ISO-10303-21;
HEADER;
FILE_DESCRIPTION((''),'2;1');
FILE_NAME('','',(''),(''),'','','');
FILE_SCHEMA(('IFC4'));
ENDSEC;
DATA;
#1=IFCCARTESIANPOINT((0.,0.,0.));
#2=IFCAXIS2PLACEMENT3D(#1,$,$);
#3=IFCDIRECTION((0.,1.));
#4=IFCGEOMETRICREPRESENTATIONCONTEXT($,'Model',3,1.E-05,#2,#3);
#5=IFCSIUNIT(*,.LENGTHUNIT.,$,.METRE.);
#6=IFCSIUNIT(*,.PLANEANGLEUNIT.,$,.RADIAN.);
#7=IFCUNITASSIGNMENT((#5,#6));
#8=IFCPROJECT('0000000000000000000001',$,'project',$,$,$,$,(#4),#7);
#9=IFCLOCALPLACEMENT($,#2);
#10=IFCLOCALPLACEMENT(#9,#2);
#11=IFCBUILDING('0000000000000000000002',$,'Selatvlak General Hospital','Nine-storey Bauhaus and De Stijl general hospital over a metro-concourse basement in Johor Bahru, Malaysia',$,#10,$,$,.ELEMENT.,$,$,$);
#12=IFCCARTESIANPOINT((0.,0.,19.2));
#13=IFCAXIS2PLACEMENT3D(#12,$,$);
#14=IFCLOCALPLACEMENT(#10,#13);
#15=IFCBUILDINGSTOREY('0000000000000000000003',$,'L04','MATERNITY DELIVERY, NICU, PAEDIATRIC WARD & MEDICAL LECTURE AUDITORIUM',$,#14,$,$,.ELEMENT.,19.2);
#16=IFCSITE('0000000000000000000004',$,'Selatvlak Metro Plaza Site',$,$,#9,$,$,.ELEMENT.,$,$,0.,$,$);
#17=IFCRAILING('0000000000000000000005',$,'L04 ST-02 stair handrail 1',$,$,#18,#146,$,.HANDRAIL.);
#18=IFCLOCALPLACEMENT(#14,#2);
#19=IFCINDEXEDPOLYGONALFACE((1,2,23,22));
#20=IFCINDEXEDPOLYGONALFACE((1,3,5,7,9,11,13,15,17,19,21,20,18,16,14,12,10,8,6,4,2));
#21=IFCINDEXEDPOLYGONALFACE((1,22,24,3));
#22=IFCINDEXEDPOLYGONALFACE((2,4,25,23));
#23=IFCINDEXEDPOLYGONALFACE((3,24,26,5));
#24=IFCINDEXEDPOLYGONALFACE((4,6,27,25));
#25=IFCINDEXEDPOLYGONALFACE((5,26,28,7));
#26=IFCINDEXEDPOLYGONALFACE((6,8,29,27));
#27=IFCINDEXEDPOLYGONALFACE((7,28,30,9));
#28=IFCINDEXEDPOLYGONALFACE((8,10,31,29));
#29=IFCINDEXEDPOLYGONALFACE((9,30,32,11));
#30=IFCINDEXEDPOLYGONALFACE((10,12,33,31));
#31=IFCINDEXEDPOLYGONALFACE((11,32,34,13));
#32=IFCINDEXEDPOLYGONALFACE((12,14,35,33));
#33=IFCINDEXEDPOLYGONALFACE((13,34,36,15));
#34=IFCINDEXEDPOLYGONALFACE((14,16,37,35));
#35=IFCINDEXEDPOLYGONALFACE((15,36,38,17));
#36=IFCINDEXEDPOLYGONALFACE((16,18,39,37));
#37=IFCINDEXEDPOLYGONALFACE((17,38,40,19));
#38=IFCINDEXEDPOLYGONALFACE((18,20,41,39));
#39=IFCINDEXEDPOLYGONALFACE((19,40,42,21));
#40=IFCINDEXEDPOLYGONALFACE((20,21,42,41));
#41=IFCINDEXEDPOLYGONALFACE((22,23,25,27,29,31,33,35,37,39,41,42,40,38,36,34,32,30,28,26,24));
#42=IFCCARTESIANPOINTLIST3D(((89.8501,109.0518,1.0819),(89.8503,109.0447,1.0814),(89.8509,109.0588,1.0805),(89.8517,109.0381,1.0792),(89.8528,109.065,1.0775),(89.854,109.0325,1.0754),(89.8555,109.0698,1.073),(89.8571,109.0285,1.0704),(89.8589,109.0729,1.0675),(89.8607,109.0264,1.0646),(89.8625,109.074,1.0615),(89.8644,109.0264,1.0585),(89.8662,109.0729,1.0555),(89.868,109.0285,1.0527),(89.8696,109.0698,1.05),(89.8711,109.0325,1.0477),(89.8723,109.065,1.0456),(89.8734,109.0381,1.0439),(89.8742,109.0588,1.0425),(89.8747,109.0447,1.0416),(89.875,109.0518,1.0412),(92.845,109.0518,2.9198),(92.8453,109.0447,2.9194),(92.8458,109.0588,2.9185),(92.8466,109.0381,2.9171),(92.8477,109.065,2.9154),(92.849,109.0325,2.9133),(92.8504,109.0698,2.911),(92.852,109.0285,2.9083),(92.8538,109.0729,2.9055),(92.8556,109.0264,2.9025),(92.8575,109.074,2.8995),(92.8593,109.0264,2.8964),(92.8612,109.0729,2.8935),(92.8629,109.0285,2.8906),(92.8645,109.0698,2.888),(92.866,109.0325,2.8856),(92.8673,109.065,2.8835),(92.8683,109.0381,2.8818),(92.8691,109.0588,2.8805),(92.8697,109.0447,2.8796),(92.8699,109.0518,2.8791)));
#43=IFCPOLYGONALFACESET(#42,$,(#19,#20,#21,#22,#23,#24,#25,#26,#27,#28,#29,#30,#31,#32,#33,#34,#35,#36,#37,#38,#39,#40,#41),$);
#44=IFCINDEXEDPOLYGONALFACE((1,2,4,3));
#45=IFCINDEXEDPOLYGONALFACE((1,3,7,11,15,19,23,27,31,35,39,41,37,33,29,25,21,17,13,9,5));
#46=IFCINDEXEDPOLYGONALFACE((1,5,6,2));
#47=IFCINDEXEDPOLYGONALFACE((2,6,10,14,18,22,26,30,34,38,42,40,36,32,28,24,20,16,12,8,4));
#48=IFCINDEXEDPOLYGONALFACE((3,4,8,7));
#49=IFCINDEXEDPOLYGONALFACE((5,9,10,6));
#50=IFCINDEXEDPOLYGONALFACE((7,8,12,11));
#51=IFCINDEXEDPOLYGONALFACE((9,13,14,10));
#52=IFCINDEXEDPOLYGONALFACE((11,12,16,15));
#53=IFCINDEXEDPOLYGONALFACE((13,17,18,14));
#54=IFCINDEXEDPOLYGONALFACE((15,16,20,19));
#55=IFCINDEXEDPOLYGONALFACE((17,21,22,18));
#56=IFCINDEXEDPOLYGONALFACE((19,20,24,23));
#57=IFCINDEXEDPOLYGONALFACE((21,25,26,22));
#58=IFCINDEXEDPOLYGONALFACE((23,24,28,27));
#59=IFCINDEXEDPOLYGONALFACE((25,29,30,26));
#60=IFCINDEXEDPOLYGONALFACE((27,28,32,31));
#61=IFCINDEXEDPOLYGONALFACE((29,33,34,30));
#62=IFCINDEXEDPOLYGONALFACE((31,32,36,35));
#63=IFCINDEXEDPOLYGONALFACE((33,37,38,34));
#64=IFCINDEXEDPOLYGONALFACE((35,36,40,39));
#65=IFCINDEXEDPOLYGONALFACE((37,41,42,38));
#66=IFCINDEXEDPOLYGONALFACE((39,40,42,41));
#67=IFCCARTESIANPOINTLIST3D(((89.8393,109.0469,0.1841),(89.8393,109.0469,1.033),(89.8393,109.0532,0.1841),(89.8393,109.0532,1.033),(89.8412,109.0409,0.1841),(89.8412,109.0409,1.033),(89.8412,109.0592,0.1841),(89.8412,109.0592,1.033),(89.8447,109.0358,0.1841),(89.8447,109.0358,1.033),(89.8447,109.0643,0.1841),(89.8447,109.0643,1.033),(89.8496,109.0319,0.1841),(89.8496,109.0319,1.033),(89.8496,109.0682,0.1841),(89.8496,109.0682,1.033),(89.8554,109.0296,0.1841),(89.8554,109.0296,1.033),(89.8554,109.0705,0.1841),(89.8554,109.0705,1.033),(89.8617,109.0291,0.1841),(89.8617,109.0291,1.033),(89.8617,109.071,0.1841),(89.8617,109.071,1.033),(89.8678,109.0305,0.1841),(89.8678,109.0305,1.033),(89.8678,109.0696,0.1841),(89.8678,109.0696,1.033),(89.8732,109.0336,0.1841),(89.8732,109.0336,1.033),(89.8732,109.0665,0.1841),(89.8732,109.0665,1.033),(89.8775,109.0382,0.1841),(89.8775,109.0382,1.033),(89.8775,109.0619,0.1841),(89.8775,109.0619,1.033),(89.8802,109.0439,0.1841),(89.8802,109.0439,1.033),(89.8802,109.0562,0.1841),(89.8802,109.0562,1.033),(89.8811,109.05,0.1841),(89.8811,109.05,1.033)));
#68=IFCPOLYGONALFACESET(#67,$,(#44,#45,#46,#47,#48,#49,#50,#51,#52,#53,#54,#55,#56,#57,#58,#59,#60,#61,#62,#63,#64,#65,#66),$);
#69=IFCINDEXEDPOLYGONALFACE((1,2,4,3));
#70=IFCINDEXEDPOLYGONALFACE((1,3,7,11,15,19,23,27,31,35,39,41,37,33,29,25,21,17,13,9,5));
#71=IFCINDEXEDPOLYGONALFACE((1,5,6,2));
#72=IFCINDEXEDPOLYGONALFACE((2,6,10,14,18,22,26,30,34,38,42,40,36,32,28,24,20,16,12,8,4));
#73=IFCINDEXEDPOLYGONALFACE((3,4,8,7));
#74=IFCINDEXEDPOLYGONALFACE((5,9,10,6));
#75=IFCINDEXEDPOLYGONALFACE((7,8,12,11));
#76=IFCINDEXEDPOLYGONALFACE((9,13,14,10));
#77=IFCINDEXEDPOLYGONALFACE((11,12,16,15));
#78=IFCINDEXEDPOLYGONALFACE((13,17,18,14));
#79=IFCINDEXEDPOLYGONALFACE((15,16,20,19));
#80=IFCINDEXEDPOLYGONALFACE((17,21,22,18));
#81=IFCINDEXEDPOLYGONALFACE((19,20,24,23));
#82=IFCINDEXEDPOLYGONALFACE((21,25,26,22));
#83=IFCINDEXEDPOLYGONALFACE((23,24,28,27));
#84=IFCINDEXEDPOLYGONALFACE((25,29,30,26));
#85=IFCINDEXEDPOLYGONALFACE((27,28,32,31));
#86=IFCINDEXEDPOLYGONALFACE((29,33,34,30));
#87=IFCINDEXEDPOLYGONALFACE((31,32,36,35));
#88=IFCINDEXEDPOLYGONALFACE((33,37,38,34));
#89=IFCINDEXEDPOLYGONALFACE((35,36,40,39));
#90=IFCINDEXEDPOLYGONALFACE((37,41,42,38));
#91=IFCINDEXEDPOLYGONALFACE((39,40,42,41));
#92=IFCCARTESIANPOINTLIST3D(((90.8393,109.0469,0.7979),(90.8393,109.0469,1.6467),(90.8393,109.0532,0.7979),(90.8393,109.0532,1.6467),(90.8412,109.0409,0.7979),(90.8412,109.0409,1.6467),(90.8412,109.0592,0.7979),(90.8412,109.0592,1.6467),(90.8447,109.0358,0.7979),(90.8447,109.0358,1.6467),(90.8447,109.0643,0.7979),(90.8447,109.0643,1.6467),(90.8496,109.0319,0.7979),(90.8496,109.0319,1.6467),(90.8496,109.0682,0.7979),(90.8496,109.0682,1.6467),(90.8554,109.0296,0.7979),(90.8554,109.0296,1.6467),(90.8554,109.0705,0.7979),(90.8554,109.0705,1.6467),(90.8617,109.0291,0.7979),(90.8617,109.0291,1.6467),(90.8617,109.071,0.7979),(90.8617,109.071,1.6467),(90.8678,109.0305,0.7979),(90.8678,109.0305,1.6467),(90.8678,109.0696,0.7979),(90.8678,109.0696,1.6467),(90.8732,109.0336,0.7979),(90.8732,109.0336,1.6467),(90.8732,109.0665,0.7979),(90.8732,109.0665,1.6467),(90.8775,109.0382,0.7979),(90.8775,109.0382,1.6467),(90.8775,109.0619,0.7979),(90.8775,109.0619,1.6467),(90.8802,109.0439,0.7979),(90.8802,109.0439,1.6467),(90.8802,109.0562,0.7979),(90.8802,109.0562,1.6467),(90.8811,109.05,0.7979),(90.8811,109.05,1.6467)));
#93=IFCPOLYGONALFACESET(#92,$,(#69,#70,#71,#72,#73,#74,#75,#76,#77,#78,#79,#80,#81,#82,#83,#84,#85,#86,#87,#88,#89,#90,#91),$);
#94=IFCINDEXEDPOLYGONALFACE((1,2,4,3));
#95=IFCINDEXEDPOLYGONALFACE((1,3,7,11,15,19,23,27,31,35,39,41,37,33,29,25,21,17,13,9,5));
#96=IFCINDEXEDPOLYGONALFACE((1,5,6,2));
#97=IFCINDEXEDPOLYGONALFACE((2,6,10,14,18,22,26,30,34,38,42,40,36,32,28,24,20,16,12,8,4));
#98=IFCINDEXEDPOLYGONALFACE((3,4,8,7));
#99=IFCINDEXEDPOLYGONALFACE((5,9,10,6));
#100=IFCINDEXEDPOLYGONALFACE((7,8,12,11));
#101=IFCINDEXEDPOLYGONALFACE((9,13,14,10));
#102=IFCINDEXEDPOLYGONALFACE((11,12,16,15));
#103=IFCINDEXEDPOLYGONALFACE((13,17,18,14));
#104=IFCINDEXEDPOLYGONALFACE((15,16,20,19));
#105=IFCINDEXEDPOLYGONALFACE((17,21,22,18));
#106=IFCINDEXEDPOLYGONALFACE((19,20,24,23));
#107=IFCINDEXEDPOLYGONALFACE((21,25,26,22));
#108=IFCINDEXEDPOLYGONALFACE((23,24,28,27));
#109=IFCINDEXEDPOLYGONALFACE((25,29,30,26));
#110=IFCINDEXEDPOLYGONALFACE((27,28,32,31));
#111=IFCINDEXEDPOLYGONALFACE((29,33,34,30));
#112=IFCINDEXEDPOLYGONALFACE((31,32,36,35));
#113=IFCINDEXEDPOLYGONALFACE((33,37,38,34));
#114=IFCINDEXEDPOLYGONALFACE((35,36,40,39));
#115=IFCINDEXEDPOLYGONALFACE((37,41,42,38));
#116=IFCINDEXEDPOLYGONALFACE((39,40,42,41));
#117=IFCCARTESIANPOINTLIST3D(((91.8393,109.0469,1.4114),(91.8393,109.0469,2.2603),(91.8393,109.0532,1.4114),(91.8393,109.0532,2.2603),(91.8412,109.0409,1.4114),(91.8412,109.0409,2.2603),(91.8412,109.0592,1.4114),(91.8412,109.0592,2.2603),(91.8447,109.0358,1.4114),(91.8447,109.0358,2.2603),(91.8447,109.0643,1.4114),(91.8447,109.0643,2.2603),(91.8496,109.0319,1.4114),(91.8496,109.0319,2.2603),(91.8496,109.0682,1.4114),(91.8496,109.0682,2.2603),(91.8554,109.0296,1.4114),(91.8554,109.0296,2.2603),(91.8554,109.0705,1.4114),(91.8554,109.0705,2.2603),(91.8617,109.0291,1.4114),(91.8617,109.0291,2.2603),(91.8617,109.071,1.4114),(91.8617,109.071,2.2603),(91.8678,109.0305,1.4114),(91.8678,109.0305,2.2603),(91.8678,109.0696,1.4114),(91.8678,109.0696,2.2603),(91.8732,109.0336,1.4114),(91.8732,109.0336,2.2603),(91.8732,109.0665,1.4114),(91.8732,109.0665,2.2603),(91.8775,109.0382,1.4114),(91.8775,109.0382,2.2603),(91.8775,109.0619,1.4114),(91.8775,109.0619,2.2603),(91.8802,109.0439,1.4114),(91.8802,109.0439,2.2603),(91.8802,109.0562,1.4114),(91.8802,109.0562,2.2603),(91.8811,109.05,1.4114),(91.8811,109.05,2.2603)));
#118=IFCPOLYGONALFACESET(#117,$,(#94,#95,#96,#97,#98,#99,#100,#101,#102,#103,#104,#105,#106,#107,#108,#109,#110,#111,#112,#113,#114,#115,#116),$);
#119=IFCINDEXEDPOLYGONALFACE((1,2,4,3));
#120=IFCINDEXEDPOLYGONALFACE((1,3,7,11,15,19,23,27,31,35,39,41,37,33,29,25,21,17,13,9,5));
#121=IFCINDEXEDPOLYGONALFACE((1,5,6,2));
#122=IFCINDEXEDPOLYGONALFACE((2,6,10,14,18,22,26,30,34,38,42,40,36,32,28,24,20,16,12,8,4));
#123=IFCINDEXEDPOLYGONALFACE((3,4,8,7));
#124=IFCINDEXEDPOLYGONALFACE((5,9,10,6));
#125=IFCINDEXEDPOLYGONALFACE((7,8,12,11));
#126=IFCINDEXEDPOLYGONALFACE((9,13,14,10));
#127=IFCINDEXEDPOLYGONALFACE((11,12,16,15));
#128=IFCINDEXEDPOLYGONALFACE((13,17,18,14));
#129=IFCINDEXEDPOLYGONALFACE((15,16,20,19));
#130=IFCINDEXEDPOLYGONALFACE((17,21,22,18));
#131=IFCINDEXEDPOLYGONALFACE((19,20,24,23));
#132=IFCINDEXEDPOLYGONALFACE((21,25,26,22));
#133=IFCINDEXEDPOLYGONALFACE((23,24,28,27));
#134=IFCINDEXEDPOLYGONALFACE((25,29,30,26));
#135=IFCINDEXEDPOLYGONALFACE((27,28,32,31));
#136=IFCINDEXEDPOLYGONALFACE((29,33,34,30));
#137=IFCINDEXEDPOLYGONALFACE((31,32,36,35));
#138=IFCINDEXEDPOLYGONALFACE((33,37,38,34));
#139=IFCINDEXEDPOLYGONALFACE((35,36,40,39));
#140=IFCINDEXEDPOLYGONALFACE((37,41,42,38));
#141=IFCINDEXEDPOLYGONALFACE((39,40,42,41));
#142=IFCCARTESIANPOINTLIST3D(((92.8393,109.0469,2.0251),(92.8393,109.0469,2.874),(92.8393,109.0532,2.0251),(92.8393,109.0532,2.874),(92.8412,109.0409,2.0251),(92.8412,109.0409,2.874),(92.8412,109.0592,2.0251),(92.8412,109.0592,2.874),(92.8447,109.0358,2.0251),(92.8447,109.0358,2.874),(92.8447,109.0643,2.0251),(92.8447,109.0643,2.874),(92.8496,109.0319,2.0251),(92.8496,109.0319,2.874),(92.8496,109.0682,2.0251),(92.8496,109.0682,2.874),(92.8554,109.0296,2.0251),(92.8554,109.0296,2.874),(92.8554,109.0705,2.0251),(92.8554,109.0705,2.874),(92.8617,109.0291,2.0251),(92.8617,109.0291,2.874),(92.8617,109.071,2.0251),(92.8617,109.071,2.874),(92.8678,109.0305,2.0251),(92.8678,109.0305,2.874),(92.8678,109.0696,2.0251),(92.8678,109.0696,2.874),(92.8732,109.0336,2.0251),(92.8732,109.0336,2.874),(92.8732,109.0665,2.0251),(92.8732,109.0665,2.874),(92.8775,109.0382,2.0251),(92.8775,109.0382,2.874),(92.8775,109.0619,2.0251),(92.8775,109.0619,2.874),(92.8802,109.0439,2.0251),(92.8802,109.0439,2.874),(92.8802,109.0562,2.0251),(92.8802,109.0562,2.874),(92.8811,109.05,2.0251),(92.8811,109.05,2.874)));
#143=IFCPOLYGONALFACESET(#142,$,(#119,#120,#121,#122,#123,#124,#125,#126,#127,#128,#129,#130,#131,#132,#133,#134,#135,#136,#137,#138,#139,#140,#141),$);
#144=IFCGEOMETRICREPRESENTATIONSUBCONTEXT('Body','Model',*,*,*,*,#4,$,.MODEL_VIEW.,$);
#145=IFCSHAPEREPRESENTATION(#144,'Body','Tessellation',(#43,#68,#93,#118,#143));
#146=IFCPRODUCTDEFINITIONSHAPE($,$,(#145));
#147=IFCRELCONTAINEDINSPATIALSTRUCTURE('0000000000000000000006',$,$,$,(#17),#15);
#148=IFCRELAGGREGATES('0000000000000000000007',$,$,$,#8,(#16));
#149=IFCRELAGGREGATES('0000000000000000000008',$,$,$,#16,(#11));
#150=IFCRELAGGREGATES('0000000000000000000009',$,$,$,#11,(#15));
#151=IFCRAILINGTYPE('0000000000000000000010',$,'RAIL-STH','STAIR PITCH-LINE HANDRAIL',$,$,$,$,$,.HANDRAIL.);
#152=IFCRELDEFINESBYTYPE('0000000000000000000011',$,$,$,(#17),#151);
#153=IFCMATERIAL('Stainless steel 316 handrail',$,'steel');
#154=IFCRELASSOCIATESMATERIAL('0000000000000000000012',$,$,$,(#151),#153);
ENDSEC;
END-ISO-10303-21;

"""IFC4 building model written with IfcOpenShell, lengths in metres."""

from ifc_helpers import new_model, si_unit, direction, frame, origin, origin_2d, place, context, subcontext, project, spatial, circle, extrude, material, type_object, element, save


model = new_model("IFC4")

# Units and contexts
model_context = context("Model", 3, precision=1e-05, world=origin(), true_north=direction((0.0, 1.0)))
body_context = subcontext(model_context, "Body", "Model", "MODEL_VIEW")
ifc_project = project(units=[si_unit("LENGTHUNIT", "METRE"), si_unit("PLANEANGLEUNIT", "RADIAN")], contexts=[model_context])

# Site, building, storey
site_placement = place(None, origin())
site = spatial("IfcSite", under=ifc_project, at=site_placement, Name="Selatvlak Metro Plaza Site", CompositionType="ELEMENT", RefElevation=0.0)
building_placement = place(site_placement, origin())
building = spatial("IfcBuilding", under=site, at=building_placement, Name="Selatvlak General Hospital", Description="Nine-storey Bauhaus and De Stijl general hospital over a metro-concourse basement in Johor Bahru, Malaysia", CompositionType="ELEMENT")
storey_placement = place(building_placement, frame((0.0, 0.0, 19.2)))
storey = spatial("IfcBuildingStorey", under=building, at=storey_placement, Name="L04", Description="MATERNITY DELIVERY, NICU, PAEDIATRIC WARD & MEDICAL LECTURE AUDITORIUM", CompositionType="ELEMENT", Elevation=19.2)

# Railing
ifc_material_1 = material(Name="Stainless steel 316 handrail", Category="steel")
railing_type_1 = type_object("IfcRailingType", Name="RAIL-STH", Description="STAIR PITCH-LINE HANDRAIL", PredefinedType="HANDRAIL", material=ifc_material_1)
railing_1_placement = place(storey_placement, frame((89.8601, 109.05, 0.1841)))
element("IfcRailing", 1, at=railing_1_placement, inside=storey, type_object=railing_type_1, Name="L04 ST-02 stair handrail 1", PredefinedType="HANDRAIL", context=body_context, shape_type="SweptSolid", body=[
    extrude(circle(Radius=0.0239, at=origin_2d()), frame((0.0024, 0.0, 0.8774), z_axis=(0.852303, 0.0, 0.523048), x_axis=(0.0, 1.0, 0.0)), (0.0, 0.0, 1.0), 3.5139),
    extrude(circle(Radius=0.021, at=origin_2d()), origin(), (0.0, 0.0, 1.0), 0.8489),
    extrude(circle(Radius=0.021, at=origin_2d()), frame((1.0, 0.0, 0.6138)), (0.0, 0.0, 1.0), 0.8489),
    extrude(circle(Radius=0.021, at=origin_2d()), frame((2.0, 0.0, 1.2273)), (0.0, 0.0, 1.0), 0.8489),
    extrude(circle(Radius=0.021, at=origin_2d()), frame((3.0, 0.0, 1.8411)), (0.0, 0.0, 1.0), 0.8489),
])

save(model, "model.ifc")
